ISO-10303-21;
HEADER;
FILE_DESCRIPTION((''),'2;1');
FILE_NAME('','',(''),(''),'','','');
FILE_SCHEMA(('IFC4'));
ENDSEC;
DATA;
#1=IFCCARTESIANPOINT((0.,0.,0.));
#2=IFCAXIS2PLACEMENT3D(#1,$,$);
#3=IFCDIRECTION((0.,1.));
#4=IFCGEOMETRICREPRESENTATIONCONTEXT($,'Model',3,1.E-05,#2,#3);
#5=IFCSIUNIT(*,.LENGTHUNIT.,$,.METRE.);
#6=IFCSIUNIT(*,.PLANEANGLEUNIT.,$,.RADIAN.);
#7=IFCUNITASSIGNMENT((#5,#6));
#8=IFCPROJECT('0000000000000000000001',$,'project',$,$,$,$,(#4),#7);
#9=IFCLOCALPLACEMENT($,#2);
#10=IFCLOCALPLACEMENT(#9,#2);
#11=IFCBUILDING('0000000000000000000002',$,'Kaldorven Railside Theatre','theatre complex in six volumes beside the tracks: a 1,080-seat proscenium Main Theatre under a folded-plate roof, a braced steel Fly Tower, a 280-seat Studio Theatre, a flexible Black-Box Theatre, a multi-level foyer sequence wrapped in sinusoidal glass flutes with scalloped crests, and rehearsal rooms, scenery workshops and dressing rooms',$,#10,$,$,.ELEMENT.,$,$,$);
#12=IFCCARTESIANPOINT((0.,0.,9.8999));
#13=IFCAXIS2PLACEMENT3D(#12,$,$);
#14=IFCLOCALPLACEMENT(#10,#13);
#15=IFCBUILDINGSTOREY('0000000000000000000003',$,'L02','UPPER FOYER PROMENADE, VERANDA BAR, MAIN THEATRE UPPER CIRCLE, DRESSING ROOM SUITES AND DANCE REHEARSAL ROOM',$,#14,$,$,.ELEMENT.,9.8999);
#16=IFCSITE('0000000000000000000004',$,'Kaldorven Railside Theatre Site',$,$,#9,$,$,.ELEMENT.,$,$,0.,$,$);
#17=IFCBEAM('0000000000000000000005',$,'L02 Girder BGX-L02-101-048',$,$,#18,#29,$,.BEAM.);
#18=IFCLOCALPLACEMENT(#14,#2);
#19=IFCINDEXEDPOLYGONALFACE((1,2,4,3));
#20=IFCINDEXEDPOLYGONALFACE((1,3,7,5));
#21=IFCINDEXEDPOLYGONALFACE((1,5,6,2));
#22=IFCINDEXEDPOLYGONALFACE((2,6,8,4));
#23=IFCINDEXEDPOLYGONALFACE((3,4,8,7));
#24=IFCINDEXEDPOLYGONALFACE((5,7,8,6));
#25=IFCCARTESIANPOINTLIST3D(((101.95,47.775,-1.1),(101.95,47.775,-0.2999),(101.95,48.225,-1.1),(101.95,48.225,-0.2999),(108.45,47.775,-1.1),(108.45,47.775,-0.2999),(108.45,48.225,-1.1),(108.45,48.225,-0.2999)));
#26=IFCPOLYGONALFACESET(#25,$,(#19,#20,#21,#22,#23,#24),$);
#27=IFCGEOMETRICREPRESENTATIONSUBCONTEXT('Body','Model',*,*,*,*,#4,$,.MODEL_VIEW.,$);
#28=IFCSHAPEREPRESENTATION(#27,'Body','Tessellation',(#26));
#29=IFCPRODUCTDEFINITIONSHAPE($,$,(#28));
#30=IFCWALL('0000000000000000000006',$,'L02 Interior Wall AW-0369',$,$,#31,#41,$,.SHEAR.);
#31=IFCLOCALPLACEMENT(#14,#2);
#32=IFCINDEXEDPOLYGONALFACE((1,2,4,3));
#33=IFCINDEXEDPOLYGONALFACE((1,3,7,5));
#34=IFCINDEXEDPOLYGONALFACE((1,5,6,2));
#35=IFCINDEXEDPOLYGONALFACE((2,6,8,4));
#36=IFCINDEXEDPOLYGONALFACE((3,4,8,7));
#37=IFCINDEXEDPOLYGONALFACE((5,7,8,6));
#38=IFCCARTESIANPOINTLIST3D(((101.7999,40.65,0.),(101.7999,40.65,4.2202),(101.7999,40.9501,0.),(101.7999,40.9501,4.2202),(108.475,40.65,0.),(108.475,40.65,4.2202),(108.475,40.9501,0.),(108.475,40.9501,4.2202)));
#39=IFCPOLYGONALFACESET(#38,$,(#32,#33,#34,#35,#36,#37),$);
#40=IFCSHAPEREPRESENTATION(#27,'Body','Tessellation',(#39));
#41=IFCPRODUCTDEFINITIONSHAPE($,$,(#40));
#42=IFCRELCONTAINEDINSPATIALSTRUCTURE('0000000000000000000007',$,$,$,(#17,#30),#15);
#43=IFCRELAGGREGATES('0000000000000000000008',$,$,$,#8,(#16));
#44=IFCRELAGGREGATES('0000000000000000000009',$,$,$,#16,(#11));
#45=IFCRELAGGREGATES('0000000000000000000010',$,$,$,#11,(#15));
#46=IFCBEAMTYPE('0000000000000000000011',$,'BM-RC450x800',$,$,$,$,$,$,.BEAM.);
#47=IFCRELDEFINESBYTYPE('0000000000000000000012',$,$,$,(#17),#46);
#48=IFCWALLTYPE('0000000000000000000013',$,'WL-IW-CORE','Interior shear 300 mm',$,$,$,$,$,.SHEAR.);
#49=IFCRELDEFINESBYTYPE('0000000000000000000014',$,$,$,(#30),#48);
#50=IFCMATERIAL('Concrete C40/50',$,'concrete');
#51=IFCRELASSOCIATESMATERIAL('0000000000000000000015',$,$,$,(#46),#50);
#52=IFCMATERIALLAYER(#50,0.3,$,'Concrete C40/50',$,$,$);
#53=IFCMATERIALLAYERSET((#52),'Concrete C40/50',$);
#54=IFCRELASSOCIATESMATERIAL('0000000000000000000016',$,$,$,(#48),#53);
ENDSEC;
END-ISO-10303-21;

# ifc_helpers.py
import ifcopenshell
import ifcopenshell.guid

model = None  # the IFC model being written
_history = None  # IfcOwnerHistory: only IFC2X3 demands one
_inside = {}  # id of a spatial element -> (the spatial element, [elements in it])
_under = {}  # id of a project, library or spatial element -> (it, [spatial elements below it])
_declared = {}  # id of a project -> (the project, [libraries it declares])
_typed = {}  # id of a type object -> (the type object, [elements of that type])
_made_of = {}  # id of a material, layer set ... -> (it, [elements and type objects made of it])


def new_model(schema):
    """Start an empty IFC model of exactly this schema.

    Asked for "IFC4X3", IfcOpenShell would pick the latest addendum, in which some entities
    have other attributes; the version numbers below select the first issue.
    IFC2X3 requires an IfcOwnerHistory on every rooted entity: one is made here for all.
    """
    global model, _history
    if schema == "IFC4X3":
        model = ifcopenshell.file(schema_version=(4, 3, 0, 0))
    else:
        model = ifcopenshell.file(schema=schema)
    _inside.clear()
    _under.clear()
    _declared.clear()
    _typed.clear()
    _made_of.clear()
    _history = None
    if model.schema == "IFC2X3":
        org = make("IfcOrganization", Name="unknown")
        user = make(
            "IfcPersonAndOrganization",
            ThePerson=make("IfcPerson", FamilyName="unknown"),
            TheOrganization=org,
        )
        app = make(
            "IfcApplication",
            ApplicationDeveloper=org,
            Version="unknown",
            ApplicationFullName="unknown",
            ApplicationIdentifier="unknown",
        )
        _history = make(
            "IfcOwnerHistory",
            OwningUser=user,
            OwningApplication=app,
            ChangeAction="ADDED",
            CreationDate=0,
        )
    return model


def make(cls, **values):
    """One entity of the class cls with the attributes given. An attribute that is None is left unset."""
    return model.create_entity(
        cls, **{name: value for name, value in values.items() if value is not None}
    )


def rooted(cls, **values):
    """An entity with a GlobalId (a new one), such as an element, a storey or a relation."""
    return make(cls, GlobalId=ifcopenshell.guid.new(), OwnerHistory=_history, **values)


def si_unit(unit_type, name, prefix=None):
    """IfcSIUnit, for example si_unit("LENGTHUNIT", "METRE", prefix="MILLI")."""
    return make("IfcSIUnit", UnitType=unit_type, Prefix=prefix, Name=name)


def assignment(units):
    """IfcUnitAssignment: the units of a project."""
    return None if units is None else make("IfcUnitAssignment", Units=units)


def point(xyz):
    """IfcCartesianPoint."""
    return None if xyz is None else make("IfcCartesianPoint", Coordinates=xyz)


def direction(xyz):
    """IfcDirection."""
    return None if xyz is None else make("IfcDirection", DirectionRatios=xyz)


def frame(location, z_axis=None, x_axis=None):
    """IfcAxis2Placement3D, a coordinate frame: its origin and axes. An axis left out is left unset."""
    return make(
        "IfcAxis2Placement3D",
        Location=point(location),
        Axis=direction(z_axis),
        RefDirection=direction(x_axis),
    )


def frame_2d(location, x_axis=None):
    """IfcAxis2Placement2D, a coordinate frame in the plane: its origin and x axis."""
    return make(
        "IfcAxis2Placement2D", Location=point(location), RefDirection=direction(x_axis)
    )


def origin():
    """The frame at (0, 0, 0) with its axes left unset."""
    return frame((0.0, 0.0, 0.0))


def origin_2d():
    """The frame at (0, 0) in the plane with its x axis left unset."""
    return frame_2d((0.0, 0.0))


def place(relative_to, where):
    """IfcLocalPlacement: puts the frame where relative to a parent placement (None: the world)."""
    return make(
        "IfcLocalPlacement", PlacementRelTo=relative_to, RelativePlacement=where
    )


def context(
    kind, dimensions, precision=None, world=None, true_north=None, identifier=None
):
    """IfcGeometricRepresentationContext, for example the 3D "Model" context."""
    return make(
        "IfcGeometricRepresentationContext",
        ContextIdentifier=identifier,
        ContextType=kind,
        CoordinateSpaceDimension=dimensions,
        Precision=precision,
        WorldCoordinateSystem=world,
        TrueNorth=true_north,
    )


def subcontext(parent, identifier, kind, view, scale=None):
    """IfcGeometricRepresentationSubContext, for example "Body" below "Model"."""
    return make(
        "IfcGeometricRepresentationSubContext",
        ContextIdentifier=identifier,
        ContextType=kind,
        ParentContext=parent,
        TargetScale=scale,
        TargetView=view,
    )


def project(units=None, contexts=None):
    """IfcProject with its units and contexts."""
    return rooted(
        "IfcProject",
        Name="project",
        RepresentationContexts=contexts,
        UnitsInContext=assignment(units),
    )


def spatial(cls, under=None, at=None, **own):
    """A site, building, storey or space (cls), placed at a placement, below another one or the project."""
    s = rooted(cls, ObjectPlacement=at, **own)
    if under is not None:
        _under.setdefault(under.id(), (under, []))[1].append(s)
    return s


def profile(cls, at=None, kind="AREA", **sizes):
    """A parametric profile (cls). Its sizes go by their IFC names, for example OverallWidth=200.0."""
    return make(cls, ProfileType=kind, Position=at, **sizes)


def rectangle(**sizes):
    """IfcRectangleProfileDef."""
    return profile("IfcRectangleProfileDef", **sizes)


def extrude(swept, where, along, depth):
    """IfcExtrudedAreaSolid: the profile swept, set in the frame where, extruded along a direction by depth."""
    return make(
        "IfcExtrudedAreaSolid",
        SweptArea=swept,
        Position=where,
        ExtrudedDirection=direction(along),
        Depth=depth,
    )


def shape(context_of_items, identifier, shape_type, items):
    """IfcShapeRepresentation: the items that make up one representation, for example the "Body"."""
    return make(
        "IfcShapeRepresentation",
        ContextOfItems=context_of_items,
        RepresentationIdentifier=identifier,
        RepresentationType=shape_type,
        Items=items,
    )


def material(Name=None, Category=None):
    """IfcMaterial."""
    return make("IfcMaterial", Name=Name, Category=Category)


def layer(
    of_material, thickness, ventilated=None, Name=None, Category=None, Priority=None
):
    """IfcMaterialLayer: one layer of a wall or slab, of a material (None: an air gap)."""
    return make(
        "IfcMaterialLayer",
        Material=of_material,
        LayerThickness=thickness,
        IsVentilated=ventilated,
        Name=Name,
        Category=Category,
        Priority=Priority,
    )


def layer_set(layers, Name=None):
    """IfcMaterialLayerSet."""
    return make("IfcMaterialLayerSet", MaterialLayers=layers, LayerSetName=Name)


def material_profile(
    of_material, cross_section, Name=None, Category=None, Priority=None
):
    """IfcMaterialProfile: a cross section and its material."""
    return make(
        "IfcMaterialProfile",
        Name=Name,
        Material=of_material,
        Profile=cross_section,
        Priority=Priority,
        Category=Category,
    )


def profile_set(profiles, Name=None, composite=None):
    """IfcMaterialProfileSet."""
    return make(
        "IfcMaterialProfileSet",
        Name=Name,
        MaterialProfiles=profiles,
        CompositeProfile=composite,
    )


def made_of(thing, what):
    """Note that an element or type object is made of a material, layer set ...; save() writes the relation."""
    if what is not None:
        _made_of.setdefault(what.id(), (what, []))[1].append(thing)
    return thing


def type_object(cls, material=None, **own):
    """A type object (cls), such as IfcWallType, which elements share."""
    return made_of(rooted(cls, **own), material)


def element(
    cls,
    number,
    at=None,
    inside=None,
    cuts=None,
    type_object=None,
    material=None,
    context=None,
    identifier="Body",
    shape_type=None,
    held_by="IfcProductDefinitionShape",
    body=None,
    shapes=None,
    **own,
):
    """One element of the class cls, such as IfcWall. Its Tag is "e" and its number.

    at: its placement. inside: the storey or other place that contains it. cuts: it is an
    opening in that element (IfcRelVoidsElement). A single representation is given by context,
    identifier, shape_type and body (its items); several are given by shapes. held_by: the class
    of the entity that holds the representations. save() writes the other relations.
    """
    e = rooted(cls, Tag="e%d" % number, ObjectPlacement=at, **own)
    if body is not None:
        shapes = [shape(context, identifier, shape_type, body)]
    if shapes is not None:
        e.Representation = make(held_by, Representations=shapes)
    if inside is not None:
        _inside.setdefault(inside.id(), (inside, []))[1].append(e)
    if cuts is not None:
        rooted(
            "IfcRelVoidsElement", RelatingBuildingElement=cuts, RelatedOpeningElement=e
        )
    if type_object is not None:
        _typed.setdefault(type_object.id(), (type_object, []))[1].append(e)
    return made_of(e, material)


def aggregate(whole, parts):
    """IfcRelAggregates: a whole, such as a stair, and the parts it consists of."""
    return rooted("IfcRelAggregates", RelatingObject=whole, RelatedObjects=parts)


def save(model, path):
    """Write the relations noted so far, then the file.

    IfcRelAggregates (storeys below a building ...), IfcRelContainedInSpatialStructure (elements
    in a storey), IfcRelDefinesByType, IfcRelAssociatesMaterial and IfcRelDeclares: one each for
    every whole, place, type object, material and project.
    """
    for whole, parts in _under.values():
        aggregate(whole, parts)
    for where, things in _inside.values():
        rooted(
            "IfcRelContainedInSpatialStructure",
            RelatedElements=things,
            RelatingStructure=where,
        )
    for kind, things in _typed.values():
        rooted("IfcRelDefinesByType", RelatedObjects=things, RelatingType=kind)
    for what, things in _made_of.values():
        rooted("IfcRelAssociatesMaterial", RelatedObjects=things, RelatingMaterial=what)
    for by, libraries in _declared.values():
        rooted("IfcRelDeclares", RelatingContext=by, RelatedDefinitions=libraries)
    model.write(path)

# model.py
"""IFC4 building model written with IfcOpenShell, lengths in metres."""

from ifc_helpers import new_model, si_unit, direction, frame, frame_2d, origin, origin_2d, place, context, subcontext, project, spatial, rectangle, extrude, material, layer, layer_set, material_profile, profile_set, type_object, element, save


model = new_model("IFC4")

# Units and contexts
model_context = context("Model", 3, precision=1e-05, world=origin(), true_north=direction((0.0, 1.0)))
body_context = subcontext(model_context, "Body", "Model", "MODEL_VIEW")
ifc_project = project(units=[si_unit("LENGTHUNIT", "METRE"), si_unit("PLANEANGLEUNIT", "RADIAN")], contexts=[model_context])

# Site, building, storey
site_placement = place(None, origin())
site = spatial("IfcSite", under=ifc_project, at=site_placement, Name="Kaldorven Railside Theatre Site", CompositionType="ELEMENT", RefElevation=0.0)
building_placement = place(site_placement, origin())
building = spatial("IfcBuilding", under=site, at=building_placement, Name="Kaldorven Railside Theatre", Description="theatre complex in six volumes beside the tracks: a 1,080-seat proscenium Main Theatre under a folded-plate roof, a braced steel Fly Tower, a 280-seat Studio Theatre, a flexible Black-Box Theatre, a multi-level foyer sequence wrapped in sinusoidal glass flutes with scalloped crests, and rehearsal rooms, scenery workshops and dressing rooms", CompositionType="ELEMENT")
storey_placement = place(building_placement, frame((0.0, 0.0, 9.8999)))
storey = spatial("IfcBuildingStorey", under=building, at=storey_placement, Name="L02", Description="UPPER FOYER PROMENADE, VERANDA BAR, MAIN THEATRE UPPER CIRCLE, DRESSING ROOM SUITES AND DANCE REHEARSAL ROOM", CompositionType="ELEMENT", Elevation=9.8999)

# Beam
ifc_material_1 = material(Name="Concrete C40/50", Category="concrete")
ifc_material_profile_1 = material_profile(ifc_material_1, rectangle(XDim=0.45, YDim=0.8, at=origin_2d()), Name="RC 450x800")
ifc_profile_set_1 = profile_set([ifc_material_profile_1], Name="Concrete C40/50")
beam_type_1 = type_object("IfcBeamType", Name="BM-RC450x800", PredefinedType="BEAM", material=ifc_profile_set_1)
for number, where, z_axis, x_axis, name in (
    (1, (101.95, 48.0, -0.7), (1.0, 0.0, 0.0), (0.0, 1.0, 0.0), "L02 Girder BGX-L02-101-048"),
):
    element("IfcBeam", number, at=place(storey_placement, frame(where, z_axis=z_axis, x_axis=x_axis)), inside=storey, type_object=beam_type_1, Name=name, PredefinedType="BEAM", context=body_context, shape_type="SweptSolid", body=[
        extrude(rectangle(XDim=0.45, YDim=0.8, at=origin_2d()), origin(), (0.0, 0.0, 1.0), 6.5),
    ])

# Wall
ifc_layer = layer(ifc_material_1, 0.3, Name="Concrete C40/50")
ifc_layer_set = layer_set([ifc_layer], Name="Concrete C40/50")
wall_type = type_object("IfcWallType", Name="WL-IW-CORE", Description="Interior shear 300 mm", PredefinedType="SHEAR", material=ifc_layer_set)
wall_placement = place(storey_placement, frame((101.8, 40.8, 0.0), z_axis=(0.0, 0.0, 1.0), x_axis=(1.0, 0.0, 0.0)))
element("IfcWall", 2, at=wall_placement, inside=storey, type_object=wall_type, Name="L02 Interior Wall AW-0369", PredefinedType="SHEAR", context=body_context, shape_type="SweptSolid", body=[
    extrude(rectangle(XDim=6.675, YDim=0.3, at=frame_2d((3.3374, 0.0))), origin(), (0.0, 0.0, 1.0), 4.2202),
])

save(model, "model.ifc")
